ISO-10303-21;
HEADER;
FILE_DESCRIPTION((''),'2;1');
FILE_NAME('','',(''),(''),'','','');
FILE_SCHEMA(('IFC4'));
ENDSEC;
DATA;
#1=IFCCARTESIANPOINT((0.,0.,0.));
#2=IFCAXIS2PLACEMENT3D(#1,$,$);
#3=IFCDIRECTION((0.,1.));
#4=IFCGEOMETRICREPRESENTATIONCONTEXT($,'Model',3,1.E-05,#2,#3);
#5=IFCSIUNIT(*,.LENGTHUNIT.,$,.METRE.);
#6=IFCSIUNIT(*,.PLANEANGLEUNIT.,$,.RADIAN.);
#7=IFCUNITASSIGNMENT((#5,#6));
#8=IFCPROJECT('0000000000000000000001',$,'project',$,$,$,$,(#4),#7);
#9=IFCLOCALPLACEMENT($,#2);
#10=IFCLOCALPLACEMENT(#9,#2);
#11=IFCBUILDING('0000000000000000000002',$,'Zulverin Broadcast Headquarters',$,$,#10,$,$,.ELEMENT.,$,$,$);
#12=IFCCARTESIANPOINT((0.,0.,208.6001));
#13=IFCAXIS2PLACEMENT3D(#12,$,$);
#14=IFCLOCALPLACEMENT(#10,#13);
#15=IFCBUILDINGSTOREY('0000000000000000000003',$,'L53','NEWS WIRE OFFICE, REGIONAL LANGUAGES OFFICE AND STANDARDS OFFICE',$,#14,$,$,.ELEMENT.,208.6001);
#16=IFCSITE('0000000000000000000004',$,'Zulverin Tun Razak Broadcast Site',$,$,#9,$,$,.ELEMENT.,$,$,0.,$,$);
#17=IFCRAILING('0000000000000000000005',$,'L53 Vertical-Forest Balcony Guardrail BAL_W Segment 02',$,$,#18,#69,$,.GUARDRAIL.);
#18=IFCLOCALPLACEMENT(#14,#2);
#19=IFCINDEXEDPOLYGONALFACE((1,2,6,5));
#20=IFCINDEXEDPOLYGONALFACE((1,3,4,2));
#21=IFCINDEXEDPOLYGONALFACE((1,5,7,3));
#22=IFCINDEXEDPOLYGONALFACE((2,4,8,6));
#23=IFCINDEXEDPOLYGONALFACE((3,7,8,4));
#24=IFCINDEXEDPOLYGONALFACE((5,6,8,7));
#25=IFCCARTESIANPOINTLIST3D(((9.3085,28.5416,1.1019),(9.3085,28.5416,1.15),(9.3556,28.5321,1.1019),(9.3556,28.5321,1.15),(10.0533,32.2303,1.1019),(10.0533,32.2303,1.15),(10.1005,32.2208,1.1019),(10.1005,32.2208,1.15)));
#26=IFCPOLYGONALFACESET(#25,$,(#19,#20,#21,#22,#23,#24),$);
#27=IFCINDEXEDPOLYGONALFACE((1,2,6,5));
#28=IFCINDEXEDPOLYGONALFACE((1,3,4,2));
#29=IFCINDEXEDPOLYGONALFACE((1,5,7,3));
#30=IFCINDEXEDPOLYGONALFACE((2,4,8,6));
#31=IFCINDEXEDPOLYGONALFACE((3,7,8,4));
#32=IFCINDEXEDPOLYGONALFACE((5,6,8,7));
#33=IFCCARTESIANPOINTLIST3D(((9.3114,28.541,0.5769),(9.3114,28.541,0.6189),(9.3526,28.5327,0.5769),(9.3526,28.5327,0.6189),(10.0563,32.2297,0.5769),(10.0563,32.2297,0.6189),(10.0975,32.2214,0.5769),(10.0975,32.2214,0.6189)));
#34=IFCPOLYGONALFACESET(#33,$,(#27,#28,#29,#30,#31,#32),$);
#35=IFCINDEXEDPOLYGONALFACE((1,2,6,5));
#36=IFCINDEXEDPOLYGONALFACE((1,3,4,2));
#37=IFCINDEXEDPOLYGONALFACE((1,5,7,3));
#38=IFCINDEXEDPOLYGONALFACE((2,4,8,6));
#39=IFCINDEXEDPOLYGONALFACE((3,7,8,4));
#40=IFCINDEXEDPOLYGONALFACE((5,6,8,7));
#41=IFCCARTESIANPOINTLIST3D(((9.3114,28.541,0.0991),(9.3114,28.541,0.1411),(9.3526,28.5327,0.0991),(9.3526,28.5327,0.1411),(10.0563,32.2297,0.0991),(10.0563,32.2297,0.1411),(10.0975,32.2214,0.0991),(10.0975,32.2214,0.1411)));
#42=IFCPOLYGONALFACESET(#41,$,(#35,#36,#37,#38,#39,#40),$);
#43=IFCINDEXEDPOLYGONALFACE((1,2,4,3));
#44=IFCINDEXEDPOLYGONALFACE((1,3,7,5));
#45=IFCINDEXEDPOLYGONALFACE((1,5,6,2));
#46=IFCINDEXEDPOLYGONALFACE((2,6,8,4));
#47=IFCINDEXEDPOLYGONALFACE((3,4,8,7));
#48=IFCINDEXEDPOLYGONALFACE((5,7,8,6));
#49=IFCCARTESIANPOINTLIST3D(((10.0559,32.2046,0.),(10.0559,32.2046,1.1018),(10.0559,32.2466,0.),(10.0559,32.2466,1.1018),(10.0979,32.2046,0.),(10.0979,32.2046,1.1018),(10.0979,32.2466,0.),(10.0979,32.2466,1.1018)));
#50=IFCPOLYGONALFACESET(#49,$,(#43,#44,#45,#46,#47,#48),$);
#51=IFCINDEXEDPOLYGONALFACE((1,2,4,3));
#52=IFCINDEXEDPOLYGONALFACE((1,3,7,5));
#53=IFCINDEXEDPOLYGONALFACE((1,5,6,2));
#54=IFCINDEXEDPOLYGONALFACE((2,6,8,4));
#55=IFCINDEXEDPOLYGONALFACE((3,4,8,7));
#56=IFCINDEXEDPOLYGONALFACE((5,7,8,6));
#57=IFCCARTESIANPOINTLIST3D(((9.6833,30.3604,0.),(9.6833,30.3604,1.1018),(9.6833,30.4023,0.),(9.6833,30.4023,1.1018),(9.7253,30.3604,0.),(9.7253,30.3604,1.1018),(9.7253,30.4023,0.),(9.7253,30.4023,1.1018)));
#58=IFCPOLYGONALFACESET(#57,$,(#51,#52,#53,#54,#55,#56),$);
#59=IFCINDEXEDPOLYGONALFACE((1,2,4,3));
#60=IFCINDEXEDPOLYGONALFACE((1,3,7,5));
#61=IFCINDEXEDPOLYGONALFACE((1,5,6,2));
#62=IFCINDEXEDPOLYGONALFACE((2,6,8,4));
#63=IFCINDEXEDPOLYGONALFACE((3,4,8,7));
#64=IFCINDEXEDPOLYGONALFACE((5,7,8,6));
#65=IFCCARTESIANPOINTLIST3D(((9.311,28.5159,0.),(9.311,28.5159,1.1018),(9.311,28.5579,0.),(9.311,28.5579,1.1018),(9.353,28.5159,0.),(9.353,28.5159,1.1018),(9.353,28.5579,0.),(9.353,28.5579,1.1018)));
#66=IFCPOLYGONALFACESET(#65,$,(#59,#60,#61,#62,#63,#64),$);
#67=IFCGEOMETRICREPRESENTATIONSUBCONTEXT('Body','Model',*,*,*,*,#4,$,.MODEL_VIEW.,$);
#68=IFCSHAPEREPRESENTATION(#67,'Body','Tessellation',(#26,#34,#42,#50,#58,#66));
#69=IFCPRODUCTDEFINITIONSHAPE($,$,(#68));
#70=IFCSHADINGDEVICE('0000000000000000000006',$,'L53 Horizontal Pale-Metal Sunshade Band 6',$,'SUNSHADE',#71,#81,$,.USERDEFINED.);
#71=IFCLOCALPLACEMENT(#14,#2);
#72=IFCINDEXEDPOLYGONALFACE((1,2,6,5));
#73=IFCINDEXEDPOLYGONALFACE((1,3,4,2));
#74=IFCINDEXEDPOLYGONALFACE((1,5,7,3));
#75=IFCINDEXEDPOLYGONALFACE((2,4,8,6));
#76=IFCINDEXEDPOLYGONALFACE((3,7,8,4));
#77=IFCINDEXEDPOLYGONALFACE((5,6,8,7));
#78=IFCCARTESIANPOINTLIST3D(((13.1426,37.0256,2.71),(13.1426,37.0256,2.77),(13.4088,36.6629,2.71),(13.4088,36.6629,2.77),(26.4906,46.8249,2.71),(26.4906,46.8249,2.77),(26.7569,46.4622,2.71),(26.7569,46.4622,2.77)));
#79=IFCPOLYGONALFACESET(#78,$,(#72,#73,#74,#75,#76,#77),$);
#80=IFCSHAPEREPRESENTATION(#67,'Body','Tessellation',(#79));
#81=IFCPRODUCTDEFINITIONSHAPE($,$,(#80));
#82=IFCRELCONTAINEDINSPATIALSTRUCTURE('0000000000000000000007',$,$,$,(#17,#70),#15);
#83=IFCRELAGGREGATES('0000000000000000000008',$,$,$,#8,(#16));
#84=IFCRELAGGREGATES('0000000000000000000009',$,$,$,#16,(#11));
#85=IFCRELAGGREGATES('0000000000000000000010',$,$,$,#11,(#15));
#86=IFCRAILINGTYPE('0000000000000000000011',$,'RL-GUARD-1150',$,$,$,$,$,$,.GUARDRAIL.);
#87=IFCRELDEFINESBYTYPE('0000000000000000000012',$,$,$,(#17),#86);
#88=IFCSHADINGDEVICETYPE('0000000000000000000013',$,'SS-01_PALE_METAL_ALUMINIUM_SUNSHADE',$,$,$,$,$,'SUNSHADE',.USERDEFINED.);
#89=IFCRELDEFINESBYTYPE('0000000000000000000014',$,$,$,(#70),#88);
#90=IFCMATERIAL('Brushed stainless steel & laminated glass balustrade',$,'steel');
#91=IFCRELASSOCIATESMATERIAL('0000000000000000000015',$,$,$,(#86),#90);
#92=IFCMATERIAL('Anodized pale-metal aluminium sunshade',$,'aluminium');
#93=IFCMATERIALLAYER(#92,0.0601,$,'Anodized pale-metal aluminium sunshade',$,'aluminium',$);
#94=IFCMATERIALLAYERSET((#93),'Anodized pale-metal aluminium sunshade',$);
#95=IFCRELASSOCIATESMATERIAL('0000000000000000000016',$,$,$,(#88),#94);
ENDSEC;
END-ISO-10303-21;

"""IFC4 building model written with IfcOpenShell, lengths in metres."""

from ifc_helpers import new_model, si_unit, direction, frame, origin, origin_2d, place, context, subcontext, project, spatial, rectangle, extrude, material, layer, layer_set, type_object, element, save


model = new_model("IFC4")

# Units and contexts
model_context = context("Model", 3, precision=1e-05, world=origin(), true_north=direction((0.0, 1.0)))
body_context = subcontext(model_context, "Body", "Model", "MODEL_VIEW")
ifc_project = project(units=[si_unit("LENGTHUNIT", "METRE"), si_unit("PLANEANGLEUNIT", "RADIAN")], contexts=[model_context])

# Site, building, storey
site_placement = place(None, origin())
site = spatial("IfcSite", under=ifc_project, at=site_placement, Name="Zulverin Tun Razak Broadcast Site", CompositionType="ELEMENT", RefElevation=0.0)
building_placement = place(site_placement, origin())
building = spatial("IfcBuilding", under=site, at=building_placement, Name="Zulverin Broadcast Headquarters", CompositionType="ELEMENT")
storey_placement = place(building_placement, frame((0.0, 0.0, 208.6001)))
storey = spatial("IfcBuildingStorey", under=building, at=storey_placement, Name="L53", Description="NEWS WIRE OFFICE, REGIONAL LANGUAGES OFFICE AND STANDARDS OFFICE", CompositionType="ELEMENT", Elevation=208.6001)

# Railing
ifc_material_1 = material(Name="Brushed stainless steel & laminated glass balustrade", Category="steel")
railing_type = type_object("IfcRailingType", Name="RL-GUARD-1150", PredefinedType="GUARDRAIL", material=ifc_material_1)
railing_1_placement = place(storey_placement, frame((10.0769, 32.2256, 0.0)))
element("IfcRailing", 1, at=railing_1_placement, inside=storey, type_object=railing_type, Name="L53 Vertical-Forest Balcony Guardrail BAL_W Segment 02", PredefinedType="GUARDRAIL", context=body_context, shape_type="SweptSolid", body=[
    extrude(rectangle(XDim=0.0481, YDim=0.0481, at=origin_2d()), frame((0.0, 0.0, 1.126), z_axis=(-0.197937, -0.980215, 0.0), x_axis=(0.980215, -0.197937, 0.0)), (0.0, 0.0, 1.0), 3.7632),
    extrude(rectangle(XDim=0.042, YDim=0.042, at=origin_2d()), frame((0.0, 0.0, 0.5979), z_axis=(-0.197937, -0.980215, 0.0), x_axis=(0.980215, -0.197937, 0.0)), (0.0, 0.0, 1.0), 3.7632),
    extrude(rectangle(XDim=0.042, YDim=0.042, at=origin_2d()), frame((0.0, 0.0, 0.1201), z_axis=(-0.197937, -0.980215, 0.0), x_axis=(0.980215, -0.197937, 0.0)), (0.0, 0.0, 1.0), 3.7632),
    extrude(rectangle(XDim=0.042, YDim=0.042, at=origin_2d()), origin(), (0.0, 0.0, 1.0), 1.1018),
    extrude(rectangle(XDim=0.042, YDim=0.042, at=origin_2d()), frame((-0.3726, -1.8442, 0.0)), (0.0, 0.0, 1.0), 1.1018),
    extrude(rectangle(XDim=0.042, YDim=0.042, at=origin_2d()), frame((-0.7449, -3.6887, 0.0)), (0.0, 0.0, 1.0), 1.1018),
])

# Shading device
ifc_material_2 = material(Name="Anodized pale-metal aluminium sunshade", Category="aluminium")
ifc_layer_1 = layer(ifc_material_2, 0.0601, Name="Anodized pale-metal aluminium sunshade", Category="aluminium")
ifc_layer_set_1 = layer_set([ifc_layer_1], Name="Anodized pale-metal aluminium sunshade")
shading_device_type = type_object("IfcShadingDeviceType", Name="SS-01_PALE_METAL_ALUMINIUM_SUNSHADE", ElementType="SUNSHADE", PredefinedType="USERDEFINED", material=ifc_layer_set_1)
shading_device_placement = place(storey_placement, frame((19.9497, 41.7439, 2.71), z_axis=(0.0, 0.0, 1.0), x_axis=(-0.806097, -0.591784, 0.0)))
element("IfcShadingDevice", 2, at=shading_device_placement, inside=storey, type_object=shading_device_type, Name="L53 Horizontal Pale-Metal Sunshade Band 6", ObjectType="SUNSHADE", PredefinedType="USERDEFINED", context=body_context, shape_type="SweptSolid", body=[
    extrude(rectangle(XDim=16.5588, YDim=0.45, at=origin_2d()), origin(), (0.0, 0.0, 1.0), 0.0601),
])

save(model, "model.ifc")
